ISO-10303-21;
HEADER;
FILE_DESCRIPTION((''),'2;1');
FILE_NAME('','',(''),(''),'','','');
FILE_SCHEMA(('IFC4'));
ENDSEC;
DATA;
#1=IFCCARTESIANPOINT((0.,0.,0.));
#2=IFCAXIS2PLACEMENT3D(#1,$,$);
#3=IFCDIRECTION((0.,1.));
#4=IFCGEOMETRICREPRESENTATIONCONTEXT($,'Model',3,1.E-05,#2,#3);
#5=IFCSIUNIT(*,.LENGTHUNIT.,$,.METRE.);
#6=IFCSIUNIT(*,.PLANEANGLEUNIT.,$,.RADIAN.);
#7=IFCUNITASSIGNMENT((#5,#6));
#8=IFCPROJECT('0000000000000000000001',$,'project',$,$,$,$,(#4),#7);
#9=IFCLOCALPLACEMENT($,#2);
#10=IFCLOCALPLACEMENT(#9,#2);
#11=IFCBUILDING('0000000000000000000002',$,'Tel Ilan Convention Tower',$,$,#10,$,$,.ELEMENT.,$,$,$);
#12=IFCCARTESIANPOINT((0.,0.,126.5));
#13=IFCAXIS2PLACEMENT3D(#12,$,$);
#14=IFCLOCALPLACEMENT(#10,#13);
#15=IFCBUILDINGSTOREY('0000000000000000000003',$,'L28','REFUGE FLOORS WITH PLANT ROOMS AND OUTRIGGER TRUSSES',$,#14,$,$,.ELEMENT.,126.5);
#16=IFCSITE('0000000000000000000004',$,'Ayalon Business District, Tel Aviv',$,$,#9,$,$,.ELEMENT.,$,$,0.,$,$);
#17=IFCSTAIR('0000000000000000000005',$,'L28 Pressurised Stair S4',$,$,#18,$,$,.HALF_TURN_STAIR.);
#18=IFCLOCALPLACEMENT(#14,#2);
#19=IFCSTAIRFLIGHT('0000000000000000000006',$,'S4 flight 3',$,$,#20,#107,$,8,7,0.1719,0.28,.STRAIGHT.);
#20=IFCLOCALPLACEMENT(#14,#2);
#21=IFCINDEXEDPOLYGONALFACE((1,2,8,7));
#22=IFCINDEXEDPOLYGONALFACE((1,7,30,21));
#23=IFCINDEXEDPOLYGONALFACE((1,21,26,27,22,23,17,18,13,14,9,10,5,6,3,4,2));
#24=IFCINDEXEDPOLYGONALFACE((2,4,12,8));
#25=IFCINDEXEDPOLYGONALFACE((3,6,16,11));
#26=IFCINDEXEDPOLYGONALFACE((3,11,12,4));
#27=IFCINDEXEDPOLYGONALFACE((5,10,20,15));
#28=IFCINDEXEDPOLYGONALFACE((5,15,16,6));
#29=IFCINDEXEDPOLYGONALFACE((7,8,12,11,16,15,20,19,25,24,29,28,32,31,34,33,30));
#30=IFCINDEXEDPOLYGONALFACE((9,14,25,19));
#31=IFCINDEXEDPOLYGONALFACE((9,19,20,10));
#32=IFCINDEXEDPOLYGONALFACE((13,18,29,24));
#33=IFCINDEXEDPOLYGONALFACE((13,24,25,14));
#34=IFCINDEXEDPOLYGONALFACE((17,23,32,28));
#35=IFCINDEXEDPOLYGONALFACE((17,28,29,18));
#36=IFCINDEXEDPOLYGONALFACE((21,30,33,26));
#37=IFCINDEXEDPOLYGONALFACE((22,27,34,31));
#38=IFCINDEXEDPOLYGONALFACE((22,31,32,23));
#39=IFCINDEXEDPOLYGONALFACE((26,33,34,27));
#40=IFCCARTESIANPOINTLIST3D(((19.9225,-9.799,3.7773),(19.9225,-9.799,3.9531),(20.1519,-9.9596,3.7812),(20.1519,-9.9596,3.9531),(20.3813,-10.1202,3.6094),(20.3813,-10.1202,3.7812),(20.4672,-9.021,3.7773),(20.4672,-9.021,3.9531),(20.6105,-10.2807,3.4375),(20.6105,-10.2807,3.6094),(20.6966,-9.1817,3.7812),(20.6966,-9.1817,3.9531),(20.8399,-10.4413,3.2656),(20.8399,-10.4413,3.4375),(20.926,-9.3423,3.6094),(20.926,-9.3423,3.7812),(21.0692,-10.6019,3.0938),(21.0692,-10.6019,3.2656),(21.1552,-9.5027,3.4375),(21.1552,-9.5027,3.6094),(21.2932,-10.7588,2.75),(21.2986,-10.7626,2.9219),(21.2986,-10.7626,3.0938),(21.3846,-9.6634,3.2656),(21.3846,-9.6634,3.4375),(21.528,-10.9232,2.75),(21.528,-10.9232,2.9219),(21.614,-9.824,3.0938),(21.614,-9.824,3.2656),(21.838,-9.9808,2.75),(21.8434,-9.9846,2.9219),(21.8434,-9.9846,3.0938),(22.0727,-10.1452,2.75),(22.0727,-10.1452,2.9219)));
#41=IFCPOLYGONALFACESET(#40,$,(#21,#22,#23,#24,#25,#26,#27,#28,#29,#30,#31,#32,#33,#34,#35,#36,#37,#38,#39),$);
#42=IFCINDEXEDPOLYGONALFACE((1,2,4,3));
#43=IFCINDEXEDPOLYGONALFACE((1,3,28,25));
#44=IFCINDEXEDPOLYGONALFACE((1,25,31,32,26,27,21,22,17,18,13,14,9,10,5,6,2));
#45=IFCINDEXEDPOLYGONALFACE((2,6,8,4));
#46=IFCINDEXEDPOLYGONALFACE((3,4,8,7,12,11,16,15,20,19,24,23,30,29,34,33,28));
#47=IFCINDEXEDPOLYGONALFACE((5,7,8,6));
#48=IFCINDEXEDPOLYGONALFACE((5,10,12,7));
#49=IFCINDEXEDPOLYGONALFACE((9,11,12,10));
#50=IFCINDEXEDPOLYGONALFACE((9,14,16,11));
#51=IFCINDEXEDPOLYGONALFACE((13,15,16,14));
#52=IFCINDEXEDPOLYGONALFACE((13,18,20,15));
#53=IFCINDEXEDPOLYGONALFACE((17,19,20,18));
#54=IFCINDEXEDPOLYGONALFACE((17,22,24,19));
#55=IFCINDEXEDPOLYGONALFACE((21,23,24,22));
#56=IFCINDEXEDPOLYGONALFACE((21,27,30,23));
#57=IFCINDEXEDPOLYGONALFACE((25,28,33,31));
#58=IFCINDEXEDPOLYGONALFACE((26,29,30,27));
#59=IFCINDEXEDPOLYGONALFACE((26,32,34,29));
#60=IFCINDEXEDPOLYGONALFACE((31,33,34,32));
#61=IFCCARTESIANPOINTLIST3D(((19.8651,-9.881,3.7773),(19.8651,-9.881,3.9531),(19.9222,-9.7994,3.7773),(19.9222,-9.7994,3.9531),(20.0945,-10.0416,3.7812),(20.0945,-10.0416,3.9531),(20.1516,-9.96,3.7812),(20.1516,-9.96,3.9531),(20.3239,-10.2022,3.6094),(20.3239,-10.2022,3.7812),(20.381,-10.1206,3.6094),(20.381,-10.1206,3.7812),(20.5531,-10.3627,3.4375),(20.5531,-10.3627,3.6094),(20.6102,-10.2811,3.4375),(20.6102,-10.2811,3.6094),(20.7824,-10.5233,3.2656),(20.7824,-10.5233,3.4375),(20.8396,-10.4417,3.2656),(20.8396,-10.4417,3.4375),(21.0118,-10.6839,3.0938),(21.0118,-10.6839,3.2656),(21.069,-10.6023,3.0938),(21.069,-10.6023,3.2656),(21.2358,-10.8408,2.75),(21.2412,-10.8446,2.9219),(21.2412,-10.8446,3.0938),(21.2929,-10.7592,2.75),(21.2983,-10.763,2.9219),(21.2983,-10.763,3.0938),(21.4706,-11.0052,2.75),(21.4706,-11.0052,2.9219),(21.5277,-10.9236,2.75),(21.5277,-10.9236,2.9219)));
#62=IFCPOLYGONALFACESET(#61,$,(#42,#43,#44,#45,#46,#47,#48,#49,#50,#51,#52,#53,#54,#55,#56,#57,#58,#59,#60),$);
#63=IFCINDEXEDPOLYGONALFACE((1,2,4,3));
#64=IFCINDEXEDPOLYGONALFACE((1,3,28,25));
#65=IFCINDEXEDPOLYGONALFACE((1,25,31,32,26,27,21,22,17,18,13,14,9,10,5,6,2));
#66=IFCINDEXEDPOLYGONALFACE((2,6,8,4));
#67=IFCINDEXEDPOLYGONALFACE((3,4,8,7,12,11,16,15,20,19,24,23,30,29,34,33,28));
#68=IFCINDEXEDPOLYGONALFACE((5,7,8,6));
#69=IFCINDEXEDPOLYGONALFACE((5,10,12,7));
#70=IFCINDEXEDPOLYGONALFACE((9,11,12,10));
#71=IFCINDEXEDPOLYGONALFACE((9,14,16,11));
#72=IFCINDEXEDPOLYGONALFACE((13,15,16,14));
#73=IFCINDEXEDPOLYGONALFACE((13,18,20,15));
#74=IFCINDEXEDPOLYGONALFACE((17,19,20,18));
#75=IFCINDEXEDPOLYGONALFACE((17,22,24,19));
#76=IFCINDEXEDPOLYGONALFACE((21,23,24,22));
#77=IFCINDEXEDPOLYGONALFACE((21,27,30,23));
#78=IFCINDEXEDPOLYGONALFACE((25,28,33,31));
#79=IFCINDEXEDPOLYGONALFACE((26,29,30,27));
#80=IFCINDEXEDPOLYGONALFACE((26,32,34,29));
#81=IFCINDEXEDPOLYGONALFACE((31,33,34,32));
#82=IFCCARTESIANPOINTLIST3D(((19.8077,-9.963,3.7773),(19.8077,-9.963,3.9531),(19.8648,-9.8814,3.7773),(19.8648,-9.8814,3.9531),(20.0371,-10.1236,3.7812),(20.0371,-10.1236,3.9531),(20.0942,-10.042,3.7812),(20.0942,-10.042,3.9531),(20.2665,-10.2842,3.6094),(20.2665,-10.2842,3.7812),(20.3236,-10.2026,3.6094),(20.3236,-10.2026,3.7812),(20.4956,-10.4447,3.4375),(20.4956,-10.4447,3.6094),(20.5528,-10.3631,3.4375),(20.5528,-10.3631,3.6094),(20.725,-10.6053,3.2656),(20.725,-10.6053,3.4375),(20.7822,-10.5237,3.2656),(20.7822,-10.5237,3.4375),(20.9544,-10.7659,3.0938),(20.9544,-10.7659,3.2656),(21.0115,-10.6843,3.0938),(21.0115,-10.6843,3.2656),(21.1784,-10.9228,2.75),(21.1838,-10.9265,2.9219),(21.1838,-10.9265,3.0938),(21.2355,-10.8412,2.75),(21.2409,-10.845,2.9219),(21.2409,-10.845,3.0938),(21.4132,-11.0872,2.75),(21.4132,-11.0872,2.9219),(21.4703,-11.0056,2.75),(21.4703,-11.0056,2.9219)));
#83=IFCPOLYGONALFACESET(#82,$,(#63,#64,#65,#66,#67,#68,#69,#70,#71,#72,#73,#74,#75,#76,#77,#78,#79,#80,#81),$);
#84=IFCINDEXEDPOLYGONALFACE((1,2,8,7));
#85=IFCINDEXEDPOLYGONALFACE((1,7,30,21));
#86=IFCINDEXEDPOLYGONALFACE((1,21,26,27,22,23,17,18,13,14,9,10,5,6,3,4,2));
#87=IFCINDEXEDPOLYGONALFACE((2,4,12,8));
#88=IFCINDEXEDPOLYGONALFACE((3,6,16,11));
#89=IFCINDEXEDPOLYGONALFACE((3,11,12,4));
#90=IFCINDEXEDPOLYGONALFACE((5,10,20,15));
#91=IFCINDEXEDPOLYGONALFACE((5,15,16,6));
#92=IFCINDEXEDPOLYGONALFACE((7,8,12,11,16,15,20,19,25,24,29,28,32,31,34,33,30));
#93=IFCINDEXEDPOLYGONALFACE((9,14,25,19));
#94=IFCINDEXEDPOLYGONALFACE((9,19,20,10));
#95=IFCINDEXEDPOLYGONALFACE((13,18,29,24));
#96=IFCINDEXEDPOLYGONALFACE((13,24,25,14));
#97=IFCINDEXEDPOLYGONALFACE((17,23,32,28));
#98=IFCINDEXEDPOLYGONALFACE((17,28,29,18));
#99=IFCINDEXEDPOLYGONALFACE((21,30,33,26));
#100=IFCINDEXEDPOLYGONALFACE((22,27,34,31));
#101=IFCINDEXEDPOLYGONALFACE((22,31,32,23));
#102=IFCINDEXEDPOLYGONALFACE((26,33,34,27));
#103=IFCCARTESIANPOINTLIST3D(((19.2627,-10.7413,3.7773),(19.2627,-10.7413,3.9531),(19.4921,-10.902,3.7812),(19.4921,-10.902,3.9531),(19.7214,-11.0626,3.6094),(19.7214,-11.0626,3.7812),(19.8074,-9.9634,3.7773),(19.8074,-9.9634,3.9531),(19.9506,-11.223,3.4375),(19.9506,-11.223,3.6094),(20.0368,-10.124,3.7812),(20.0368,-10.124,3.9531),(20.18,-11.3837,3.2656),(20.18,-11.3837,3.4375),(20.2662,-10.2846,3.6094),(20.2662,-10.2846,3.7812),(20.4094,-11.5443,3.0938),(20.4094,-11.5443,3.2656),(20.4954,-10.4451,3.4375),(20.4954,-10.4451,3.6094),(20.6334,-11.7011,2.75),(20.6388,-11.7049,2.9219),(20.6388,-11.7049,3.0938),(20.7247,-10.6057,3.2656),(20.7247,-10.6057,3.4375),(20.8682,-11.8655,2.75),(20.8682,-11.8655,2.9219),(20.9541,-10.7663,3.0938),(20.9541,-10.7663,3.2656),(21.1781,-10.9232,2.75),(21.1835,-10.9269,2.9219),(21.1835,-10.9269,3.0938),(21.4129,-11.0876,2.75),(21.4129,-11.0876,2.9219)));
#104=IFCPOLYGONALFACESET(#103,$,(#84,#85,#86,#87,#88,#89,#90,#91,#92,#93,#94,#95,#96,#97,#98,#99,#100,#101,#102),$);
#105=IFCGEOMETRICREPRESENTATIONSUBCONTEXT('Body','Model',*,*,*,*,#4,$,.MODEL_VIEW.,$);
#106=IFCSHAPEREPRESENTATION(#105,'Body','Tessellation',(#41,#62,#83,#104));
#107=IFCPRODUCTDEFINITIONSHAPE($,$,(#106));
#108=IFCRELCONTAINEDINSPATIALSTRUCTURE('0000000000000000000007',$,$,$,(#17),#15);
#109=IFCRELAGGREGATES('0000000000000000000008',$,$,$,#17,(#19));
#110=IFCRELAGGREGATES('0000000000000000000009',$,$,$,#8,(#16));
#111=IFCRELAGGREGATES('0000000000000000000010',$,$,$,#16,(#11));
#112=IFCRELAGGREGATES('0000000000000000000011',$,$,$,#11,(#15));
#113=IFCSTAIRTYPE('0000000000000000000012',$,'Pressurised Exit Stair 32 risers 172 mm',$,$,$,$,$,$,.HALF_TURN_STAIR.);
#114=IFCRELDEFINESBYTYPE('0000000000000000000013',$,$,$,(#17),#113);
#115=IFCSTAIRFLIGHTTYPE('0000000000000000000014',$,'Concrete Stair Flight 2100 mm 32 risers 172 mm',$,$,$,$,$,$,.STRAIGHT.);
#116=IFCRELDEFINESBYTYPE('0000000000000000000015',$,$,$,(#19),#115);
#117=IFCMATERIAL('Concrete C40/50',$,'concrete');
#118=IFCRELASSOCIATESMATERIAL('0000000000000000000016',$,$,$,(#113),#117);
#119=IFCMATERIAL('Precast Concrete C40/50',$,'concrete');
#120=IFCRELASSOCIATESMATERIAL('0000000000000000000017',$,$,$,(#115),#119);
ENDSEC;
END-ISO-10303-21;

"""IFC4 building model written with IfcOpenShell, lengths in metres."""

from ifc_helpers import new_model, si_unit, direction, frame, origin, place, context, subcontext, project, spatial, polyline, outline, extrude, material, type_object, element, aggregate, save


model = new_model("IFC4")

# Units and contexts
model_context = context("Model", 3, precision=1e-05, world=origin(), true_north=direction((0.0, 1.0)))
body_context = subcontext(model_context, "Body", "Model", "MODEL_VIEW")
ifc_project = project(units=[si_unit("LENGTHUNIT", "METRE"), si_unit("PLANEANGLEUNIT", "RADIAN")], contexts=[model_context])

# Site, building, storey
site_placement = place(None, origin())
site = spatial("IfcSite", under=ifc_project, at=site_placement, Name="Ayalon Business District, Tel Aviv", CompositionType="ELEMENT", RefElevation=0.0)
building_placement = place(site_placement, origin())
building = spatial("IfcBuilding", under=site, at=building_placement, Name="Tel Ilan Convention Tower", CompositionType="ELEMENT")
storey_placement = place(building_placement, frame((0.0, 0.0, 126.5)))
storey = spatial("IfcBuildingStorey", under=building, at=storey_placement, Name="L28", Description="REFUGE FLOORS WITH PLANT ROOMS AND OUTRIGGER TRUSSES", CompositionType="ELEMENT", Elevation=126.5)

# Stair, stair flight
ifc_material_1 = material(Name="Concrete C40/50", Category="concrete")
stair_type = type_object("IfcStairType", Name="Pressurised Exit Stair 32 risers 172 mm", PredefinedType="HALF_TURN_STAIR", material=ifc_material_1)
stair_placement = place(storey_placement, origin())
stair = element("IfcStair", 1, at=stair_placement, inside=storey, type_object=stair_type, Name="L28 Pressurised Stair S4", PredefinedType="HALF_TURN_STAIR")
ifc_material_2 = material(Name="Precast Concrete C40/50", Category="concrete")
stair_flight_type = type_object("IfcStairFlightType", Name="Concrete Stair Flight 2100 mm 32 risers 172 mm", PredefinedType="STRAIGHT", material=ifc_material_2)
stair_flight_1_placement = place(storey_placement, frame((21.4705, -11.0054, 2.75), z_axis=(0.0, 0.0, 1.0), x_axis=(-0.819152, 0.573576, 0.0)))
stair_flight_1 = element("IfcStairFlight", 2, at=stair_flight_1_placement, type_object=stair_flight_type, Name="S4 flight 3", NumberOfRisers=8, NumberOfTreads=7, PredefinedType="STRAIGHT", RiserHeight=0.1719, TreadLength=0.28, context=body_context, shape_type="SweptSolid", body=[
    extrude(outline(polyline([(0.0, 0.0), (0.0, 0.1719), (0.28, 0.1719), (0.28, 0.3438), (0.5601, 0.3438), (0.5601, 0.5156), (0.8401, 0.5156), (0.8401, 0.6875), (1.1201, 0.6875), (1.1201, 0.8594), (1.3999, 0.8594), (1.3999, 1.0312), (1.6799, 1.0312), (1.6799, 1.2031), (1.96, 1.2031), (1.96, 1.375), (1.96, 1.0273), (0.2866, 0.0), (0.0, 0.0)])), frame((0.0, -0.1003, 0.0), z_axis=(0.0, -1.0, 0.0), x_axis=(1.0, 0.0, 0.0)), (0.0, 0.0, 1.0), 0.9497),
    extrude(outline(polyline([(0.0, 0.0), (0.0, 0.1719), (0.28, 0.1719), (0.28, 0.3438), (0.5601, 0.3438), (0.5601, 0.5156), (0.8401, 0.5156), (0.8401, 0.6875), (1.1201, 0.6875), (1.1201, 0.8594), (1.3999, 0.8594), (1.3999, 1.0312), (1.6799, 1.0312), (1.6799, 1.2031), (1.96, 1.2031), (1.96, 1.375), (1.96, 1.0273), (0.2866, 0.0), (0.0, 0.0)])), frame((0.0, -0.0002, 0.0), z_axis=(0.0, -1.0, 0.0), x_axis=(1.0, 0.0, 0.0)), (0.0, 0.0, 1.0), 0.0996),
    extrude(outline(polyline([(0.0, 0.0), (0.0, 0.1719), (0.28, 0.1719), (0.28, 0.3438), (0.5601, 0.3438), (0.5601, 0.5156), (0.8401, 0.5156), (0.8401, 0.6875), (1.1201, 0.6875), (1.1201, 0.8594), (1.3999, 0.8594), (1.3999, 1.0312), (1.6799, 1.0312), (1.6799, 1.2031), (1.96, 1.2031), (1.96, 1.375), (1.96, 1.0273), (0.2866, 0.0), (0.0, 0.0)])), frame((0.0, 0.0999, 0.0), z_axis=(0.0, -1.0, 0.0), x_axis=(1.0, 0.0, 0.0)), (0.0, 0.0, 1.0), 0.0996),
    extrude(outline(polyline([(0.0, 0.0), (0.0, 0.1719), (0.28, 0.1719), (0.28, 0.3438), (0.5601, 0.3438), (0.5601, 0.5156), (0.8401, 0.5156), (0.8401, 0.6875), (1.1201, 0.6875), (1.1201, 0.8594), (1.3999, 0.8594), (1.3999, 1.0312), (1.6799, 1.0312), (1.6799, 1.2031), (1.96, 1.2031), (1.96, 1.375), (1.96, 1.0273), (0.2866, 0.0), (0.0, 0.0)])), frame((0.0, 1.05, 0.0), z_axis=(0.0, -1.0, 0.0), x_axis=(1.0, 0.0, 0.0)), (0.0, 0.0, 1.0), 0.9497),
])
aggregate(stair, [stair_flight_1])

save(model, "model.ifc")
